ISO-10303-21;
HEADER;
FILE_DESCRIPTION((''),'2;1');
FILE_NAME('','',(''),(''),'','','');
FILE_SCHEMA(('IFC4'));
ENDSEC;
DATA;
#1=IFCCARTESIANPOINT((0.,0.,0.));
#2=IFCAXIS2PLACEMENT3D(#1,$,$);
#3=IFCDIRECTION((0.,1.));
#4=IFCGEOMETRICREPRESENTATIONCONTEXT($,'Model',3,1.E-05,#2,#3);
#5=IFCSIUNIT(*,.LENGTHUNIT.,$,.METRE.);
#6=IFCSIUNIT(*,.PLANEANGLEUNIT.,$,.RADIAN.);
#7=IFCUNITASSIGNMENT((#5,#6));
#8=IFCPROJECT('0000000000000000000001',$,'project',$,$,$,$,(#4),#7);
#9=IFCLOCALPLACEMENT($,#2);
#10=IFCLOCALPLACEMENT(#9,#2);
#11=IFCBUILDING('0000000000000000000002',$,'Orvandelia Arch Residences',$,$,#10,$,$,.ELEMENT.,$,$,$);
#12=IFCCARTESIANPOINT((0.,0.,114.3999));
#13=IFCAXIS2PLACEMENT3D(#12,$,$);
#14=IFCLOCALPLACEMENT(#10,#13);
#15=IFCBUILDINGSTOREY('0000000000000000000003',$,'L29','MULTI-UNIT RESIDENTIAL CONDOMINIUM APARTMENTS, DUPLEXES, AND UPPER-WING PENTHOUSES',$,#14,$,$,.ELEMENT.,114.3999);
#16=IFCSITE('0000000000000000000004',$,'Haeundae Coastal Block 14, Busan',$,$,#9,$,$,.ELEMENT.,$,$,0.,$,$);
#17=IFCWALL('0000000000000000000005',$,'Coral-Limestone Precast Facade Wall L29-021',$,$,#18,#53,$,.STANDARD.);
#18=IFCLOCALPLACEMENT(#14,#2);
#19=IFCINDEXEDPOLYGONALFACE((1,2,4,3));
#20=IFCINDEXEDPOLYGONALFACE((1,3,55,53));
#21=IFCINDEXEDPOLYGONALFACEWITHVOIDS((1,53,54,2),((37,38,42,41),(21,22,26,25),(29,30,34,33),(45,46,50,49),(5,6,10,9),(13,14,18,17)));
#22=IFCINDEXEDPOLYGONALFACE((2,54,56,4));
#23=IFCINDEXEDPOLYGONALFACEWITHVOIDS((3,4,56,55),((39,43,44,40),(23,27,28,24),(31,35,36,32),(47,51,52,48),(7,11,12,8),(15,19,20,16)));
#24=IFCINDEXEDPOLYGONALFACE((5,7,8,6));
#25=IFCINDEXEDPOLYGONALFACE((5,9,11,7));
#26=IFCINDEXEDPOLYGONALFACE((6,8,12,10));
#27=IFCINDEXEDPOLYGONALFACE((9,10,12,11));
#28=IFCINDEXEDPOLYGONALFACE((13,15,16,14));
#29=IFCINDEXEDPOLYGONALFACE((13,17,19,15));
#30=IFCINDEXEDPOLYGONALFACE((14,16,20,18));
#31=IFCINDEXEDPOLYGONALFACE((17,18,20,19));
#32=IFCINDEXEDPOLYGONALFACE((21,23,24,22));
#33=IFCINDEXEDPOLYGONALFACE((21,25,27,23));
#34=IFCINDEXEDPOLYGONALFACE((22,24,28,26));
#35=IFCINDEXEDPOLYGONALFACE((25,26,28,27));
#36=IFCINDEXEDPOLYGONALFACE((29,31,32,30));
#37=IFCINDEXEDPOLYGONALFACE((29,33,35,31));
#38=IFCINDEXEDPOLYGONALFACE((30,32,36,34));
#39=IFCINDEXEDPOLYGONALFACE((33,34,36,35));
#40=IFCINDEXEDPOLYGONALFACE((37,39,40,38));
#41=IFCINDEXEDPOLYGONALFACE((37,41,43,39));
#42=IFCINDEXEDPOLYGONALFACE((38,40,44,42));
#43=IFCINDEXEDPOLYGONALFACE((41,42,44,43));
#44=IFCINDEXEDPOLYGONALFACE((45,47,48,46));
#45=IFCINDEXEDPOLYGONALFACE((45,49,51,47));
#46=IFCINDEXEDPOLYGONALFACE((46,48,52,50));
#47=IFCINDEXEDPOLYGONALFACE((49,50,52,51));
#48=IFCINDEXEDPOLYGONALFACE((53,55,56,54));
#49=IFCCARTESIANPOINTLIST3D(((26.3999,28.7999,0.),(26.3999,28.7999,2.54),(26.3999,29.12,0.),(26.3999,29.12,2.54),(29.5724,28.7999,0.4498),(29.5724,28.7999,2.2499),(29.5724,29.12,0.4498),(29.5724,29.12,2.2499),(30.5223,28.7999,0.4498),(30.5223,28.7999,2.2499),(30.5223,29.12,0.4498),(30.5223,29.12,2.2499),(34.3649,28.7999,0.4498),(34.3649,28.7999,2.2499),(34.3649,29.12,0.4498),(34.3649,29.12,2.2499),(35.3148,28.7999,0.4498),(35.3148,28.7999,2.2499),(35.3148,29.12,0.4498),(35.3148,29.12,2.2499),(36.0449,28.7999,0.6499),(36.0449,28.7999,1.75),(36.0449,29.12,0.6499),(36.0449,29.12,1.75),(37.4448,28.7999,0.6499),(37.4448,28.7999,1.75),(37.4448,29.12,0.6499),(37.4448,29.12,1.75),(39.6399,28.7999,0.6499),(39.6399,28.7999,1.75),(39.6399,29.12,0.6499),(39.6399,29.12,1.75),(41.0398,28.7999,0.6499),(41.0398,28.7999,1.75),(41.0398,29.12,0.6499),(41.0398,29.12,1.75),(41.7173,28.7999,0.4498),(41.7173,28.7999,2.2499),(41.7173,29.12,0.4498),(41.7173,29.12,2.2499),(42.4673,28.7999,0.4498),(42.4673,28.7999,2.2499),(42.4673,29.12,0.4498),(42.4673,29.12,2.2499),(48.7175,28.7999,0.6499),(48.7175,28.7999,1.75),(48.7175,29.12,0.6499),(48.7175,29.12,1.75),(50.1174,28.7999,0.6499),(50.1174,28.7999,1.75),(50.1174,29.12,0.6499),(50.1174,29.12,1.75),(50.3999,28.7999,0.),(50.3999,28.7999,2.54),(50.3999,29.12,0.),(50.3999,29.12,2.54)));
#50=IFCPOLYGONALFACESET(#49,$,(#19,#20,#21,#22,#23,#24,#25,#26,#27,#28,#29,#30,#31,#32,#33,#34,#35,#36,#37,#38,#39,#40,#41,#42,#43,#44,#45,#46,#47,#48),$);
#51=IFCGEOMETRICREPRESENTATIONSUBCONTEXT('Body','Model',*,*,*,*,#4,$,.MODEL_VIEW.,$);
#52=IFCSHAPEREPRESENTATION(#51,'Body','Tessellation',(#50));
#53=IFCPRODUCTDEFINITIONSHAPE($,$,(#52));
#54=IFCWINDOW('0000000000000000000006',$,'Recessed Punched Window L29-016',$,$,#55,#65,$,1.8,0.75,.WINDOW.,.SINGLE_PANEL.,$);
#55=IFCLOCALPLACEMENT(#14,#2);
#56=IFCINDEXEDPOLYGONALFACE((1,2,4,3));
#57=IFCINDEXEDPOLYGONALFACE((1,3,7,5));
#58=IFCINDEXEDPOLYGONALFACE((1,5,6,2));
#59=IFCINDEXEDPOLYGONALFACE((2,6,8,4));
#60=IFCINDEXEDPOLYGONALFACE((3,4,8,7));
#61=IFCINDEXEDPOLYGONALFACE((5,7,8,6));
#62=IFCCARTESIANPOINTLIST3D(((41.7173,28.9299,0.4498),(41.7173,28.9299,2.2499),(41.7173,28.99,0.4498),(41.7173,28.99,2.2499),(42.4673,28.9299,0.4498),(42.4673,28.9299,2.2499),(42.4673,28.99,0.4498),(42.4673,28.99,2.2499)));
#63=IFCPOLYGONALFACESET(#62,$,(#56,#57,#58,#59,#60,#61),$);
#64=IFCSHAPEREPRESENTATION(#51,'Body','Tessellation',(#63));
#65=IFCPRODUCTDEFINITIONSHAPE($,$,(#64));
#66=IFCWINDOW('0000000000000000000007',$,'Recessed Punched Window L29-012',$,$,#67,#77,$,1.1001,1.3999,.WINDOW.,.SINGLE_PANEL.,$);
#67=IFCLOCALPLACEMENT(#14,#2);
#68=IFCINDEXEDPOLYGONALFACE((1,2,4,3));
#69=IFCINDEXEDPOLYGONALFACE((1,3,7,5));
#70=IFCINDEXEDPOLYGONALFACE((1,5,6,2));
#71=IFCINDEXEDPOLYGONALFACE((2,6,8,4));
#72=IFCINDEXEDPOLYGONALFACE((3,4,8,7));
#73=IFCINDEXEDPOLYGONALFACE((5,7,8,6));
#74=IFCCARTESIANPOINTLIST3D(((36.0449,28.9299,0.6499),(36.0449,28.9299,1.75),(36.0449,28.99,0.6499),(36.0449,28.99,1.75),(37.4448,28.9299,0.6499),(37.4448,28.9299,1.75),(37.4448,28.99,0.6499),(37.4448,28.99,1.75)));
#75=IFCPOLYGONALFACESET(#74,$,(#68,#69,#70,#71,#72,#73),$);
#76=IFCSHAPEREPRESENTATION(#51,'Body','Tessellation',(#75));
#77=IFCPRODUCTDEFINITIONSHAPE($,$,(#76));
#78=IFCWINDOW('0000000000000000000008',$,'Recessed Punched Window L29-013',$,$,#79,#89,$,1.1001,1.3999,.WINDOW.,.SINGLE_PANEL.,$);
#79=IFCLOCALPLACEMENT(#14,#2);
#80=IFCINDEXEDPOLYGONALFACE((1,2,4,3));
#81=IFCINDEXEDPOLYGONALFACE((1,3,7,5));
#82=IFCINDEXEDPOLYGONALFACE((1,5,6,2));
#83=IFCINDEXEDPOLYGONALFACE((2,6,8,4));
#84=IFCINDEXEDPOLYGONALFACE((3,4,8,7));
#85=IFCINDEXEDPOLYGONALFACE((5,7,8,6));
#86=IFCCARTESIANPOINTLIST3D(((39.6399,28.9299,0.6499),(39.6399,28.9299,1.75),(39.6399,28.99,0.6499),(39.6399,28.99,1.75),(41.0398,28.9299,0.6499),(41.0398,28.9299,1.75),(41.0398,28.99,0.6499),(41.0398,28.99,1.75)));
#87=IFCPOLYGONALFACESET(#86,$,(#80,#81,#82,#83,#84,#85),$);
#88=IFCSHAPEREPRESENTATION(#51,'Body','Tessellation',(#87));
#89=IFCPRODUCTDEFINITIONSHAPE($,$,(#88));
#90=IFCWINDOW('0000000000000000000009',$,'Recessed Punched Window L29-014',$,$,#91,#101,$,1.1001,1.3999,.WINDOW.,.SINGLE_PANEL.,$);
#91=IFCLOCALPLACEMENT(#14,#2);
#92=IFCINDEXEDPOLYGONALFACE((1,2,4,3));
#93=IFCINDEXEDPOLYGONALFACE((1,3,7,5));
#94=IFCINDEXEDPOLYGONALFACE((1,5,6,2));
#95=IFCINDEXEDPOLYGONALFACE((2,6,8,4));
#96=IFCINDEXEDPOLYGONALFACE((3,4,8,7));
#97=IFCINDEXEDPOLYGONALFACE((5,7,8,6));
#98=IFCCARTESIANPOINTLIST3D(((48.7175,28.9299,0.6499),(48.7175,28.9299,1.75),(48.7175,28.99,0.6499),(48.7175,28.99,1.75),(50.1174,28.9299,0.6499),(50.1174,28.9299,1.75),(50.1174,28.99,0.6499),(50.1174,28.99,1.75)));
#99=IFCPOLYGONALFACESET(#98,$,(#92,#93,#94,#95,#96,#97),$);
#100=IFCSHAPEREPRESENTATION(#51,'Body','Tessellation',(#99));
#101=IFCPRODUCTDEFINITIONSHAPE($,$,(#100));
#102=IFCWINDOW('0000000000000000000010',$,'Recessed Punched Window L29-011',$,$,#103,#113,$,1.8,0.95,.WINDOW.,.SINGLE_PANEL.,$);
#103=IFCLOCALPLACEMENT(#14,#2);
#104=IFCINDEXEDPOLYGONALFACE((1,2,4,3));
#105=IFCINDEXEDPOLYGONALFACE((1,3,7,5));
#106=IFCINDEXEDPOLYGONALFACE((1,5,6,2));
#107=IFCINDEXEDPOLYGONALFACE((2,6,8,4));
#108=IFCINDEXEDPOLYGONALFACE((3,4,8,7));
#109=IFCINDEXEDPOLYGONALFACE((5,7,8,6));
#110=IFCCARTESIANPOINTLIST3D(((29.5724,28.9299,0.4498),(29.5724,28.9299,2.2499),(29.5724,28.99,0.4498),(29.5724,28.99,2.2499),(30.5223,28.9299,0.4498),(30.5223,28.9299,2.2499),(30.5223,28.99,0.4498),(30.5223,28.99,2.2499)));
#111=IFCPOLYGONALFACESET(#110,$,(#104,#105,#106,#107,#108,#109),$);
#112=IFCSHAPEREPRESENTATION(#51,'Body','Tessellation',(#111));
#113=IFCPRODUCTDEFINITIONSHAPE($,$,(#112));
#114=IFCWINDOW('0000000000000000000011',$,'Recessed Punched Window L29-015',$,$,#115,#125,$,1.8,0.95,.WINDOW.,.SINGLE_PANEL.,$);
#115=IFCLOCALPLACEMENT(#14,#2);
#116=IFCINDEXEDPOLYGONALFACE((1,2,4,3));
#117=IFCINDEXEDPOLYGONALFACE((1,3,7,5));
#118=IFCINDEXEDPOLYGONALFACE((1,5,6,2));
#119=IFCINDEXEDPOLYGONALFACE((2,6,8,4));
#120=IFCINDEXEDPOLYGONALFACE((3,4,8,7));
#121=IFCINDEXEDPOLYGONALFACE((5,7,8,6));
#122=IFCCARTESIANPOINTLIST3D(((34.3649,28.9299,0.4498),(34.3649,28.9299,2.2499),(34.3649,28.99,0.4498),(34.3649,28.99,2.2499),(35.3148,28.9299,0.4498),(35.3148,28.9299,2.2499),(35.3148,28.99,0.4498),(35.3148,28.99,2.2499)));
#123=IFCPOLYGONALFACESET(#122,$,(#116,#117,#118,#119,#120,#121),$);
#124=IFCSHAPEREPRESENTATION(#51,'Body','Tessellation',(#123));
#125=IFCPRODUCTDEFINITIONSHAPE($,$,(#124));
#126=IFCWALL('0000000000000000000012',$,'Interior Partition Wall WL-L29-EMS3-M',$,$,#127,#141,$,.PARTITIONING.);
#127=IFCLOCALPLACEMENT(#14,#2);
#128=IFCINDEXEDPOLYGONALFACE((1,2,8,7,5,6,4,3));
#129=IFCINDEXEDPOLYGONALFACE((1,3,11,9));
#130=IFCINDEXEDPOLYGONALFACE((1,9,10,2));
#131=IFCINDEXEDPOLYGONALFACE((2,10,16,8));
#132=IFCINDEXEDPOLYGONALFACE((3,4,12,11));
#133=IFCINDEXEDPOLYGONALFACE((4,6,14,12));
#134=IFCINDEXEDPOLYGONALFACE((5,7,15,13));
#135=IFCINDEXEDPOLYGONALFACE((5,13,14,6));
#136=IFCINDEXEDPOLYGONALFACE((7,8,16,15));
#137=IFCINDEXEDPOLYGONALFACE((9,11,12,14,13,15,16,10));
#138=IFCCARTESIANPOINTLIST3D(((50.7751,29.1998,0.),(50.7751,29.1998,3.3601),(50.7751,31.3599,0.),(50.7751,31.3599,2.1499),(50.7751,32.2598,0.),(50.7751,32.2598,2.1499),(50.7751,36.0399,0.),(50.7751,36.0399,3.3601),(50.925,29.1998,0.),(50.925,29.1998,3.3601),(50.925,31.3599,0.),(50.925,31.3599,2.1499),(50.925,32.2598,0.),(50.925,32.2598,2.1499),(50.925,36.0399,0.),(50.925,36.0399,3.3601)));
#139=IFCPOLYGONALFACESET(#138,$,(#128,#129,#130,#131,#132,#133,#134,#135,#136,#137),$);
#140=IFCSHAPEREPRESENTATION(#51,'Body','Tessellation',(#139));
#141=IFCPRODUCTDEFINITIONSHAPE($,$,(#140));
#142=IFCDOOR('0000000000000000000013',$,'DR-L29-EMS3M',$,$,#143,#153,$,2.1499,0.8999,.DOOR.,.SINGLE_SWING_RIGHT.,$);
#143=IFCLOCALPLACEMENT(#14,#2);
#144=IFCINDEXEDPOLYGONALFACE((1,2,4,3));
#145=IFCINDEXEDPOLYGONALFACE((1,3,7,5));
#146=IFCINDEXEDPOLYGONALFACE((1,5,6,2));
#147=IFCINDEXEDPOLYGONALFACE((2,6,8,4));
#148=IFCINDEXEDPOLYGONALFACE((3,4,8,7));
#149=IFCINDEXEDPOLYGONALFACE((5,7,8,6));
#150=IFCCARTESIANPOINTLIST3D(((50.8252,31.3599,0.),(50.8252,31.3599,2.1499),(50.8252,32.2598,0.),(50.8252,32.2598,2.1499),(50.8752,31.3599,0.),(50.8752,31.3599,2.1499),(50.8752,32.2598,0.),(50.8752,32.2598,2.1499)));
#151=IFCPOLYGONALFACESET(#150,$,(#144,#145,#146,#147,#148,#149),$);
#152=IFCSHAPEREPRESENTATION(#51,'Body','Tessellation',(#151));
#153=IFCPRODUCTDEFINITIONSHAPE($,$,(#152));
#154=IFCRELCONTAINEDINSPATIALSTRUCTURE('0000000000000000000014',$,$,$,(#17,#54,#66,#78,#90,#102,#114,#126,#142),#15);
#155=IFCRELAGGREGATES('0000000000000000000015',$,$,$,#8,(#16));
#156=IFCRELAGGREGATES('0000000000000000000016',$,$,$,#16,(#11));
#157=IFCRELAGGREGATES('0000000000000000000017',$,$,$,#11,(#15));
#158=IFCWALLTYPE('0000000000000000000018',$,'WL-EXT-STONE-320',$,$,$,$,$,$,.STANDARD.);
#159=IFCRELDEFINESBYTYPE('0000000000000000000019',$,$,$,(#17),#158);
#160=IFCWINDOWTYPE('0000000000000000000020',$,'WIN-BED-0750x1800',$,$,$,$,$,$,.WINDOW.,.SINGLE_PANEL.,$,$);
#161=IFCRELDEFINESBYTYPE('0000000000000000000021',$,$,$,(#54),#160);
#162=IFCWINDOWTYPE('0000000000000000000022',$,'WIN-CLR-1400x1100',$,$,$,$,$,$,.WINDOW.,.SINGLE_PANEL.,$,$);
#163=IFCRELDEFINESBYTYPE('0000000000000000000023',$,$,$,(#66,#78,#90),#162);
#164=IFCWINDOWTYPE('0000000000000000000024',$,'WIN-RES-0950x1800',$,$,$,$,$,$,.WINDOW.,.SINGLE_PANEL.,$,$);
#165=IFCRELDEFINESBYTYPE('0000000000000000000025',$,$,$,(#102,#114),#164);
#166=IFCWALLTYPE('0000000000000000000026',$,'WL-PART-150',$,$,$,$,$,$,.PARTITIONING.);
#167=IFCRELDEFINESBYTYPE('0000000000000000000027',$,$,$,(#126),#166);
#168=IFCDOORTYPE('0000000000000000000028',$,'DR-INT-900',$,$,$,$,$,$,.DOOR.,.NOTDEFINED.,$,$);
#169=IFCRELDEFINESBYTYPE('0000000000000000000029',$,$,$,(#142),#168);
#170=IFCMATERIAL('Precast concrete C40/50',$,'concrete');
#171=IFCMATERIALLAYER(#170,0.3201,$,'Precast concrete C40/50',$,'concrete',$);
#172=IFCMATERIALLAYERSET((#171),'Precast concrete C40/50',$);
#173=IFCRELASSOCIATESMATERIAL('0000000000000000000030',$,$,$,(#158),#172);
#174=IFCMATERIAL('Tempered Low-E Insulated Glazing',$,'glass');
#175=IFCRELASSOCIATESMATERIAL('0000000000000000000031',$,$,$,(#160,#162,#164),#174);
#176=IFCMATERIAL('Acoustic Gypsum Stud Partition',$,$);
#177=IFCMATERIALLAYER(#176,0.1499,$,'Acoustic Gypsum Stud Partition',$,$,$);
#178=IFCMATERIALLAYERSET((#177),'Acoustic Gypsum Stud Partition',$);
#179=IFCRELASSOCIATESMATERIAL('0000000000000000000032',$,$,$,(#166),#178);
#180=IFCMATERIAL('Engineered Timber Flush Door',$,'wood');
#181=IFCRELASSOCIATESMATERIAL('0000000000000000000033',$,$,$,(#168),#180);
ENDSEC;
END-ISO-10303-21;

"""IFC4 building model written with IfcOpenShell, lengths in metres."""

from ifc_helpers import new_model, si_unit, direction, frame, frame_2d, origin, place, context, subcontext, project, spatial, rectangle, extrude, material, layer, layer_set, type_object, element, fill, save


model = new_model("IFC4")

# Units and contexts
model_context = context("Model", 3, precision=1e-05, world=origin(), true_north=direction((0.0, 1.0)))
body_context = subcontext(model_context, "Body", "Model", "MODEL_VIEW")
ifc_project = project(units=[si_unit("LENGTHUNIT", "METRE"), si_unit("PLANEANGLEUNIT", "RADIAN")], contexts=[model_context])

# Site, building, storey
site_placement = place(None, origin())
site = spatial("IfcSite", under=ifc_project, at=site_placement, Name="Haeundae Coastal Block 14, Busan", CompositionType="ELEMENT", RefElevation=0.0)
building_placement = place(site_placement, origin())
building = spatial("IfcBuilding", under=site, at=building_placement, Name="Orvandelia Arch Residences", CompositionType="ELEMENT")
storey_placement = place(building_placement, frame((0.0, 0.0, 114.3999)))
storey = spatial("IfcBuildingStorey", under=building, at=storey_placement, Name="L29", Description="MULTI-UNIT RESIDENTIAL CONDOMINIUM APARTMENTS, DUPLEXES, AND UPPER-WING PENTHOUSES", CompositionType="ELEMENT", Elevation=114.3999)

# Shared definitions
ifc_material_1 = material(Name="Precast concrete C40/50", Category="concrete")
ifc_layer_1 = layer(ifc_material_1, 0.3201, Name="Precast concrete C40/50", Category="concrete")
ifc_layer_set_1 = layer_set([ifc_layer_1], Name="Precast concrete C40/50")
wall_type_1 = type_object("IfcWallType", Name="WL-EXT-STONE-320", PredefinedType="STANDARD", material=ifc_layer_set_1)

# Wall, openings, windows
wall_1_placement = place(storey_placement, frame((50.3999, 28.96, 0.0), z_axis=(0.0, 0.0, 1.0), x_axis=(-1.0, 0.0, 0.0)))
wall_1 = element("IfcWall", 1, at=wall_1_placement, inside=storey, type_object=wall_type_1, Name="Coral-Limestone Precast Facade Wall L29-021", PredefinedType="STANDARD", context=body_context, shape_type="SweptSolid", body=[
    extrude(rectangle(XDim=24.0, YDim=0.3201, at=frame_2d((12.0, 0.0))), origin(), (0.0, 0.0, 1.0), 2.54),
])
opening_1_placement = place(wall_1_placement, frame((19.8774, 0.0, 0.45)))
opening_1 = element("IfcOpeningElement", 2, at=opening_1_placement, cuts=wall_1, PredefinedType="OPENING", context=body_context, shape_type="SweptSolid", body=[
    extrude(rectangle(XDim=0.95, YDim=1.8, at=frame_2d((0.4751, 0.8999))), frame((0.0, 0.1699, 0.0), z_axis=(0.0, -1.0, 0.0), x_axis=(1.0, 0.0, 0.0)), (0.0, 0.0, 1.0), 0.3401),
])
opening_2_placement = place(wall_1_placement, frame((12.9551, 0.0, 0.6499)))
opening_2 = element("IfcOpeningElement", 3, at=opening_2_placement, cuts=wall_1, PredefinedType="OPENING", context=body_context, shape_type="SweptSolid", body=[
    extrude(rectangle(XDim=1.3999, YDim=1.1001, at=frame_2d((0.7, 0.55))), frame((0.0, 0.1699, 0.0), z_axis=(0.0, -1.0, 0.0), x_axis=(1.0, 0.0, 0.0)), (0.0, 0.0, 1.0), 0.3401),
])
opening_3_placement = place(wall_1_placement, frame((9.3601, 0.0, 0.6499)))
opening_3 = element("IfcOpeningElement", 4, at=opening_3_placement, cuts=wall_1, PredefinedType="OPENING", context=body_context, shape_type="SweptSolid", body=[
    extrude(rectangle(XDim=1.3999, YDim=1.1001, at=frame_2d((0.7, 0.55))), frame((0.0, 0.1699, 0.0), z_axis=(0.0, -1.0, 0.0), x_axis=(1.0, 0.0, 0.0)), (0.0, 0.0, 1.0), 0.3401),
])
opening_4_placement = place(wall_1_placement, frame((0.2825, 0.0, 0.6499)))
opening_4 = element("IfcOpeningElement", 5, at=opening_4_placement, cuts=wall_1, PredefinedType="OPENING", context=body_context, shape_type="SweptSolid", body=[
    extrude(rectangle(XDim=1.3999, YDim=1.1001, at=frame_2d((0.7, 0.55))), frame((0.0, 0.1699, 0.0), z_axis=(0.0, -1.0, 0.0), x_axis=(1.0, 0.0, 0.0)), (0.0, 0.0, 1.0), 0.3401),
])
opening_5_placement = place(wall_1_placement, frame((15.085, 0.0, 0.45)))
opening_5 = element("IfcOpeningElement", 6, at=opening_5_placement, cuts=wall_1, PredefinedType="OPENING", context=body_context, shape_type="SweptSolid", body=[
    extrude(rectangle(XDim=0.95, YDim=1.8, at=frame_2d((0.4751, 0.8999))), frame((0.0, 0.1699, 0.0), z_axis=(0.0, -1.0, 0.0), x_axis=(1.0, 0.0, 0.0)), (0.0, 0.0, 1.0), 0.3401),
])
opening_6_placement = place(wall_1_placement, frame((7.9326, 0.0, 0.45)))
opening_6 = element("IfcOpeningElement", 7, at=opening_6_placement, cuts=wall_1, PredefinedType="OPENING", context=body_context, shape_type="SweptSolid", body=[
    extrude(rectangle(XDim=0.75, YDim=1.8, at=frame_2d((0.375, 0.8999))), frame((0.0, 0.1699, 0.0), z_axis=(0.0, -1.0, 0.0), x_axis=(1.0, 0.0, 0.0)), (0.0, 0.0, 1.0), 0.3401),
])
ifc_material_2 = material(Name="Tempered Low-E Insulated Glazing", Category="glass")
window_type_1 = type_object("IfcWindowType", Name="WIN-BED-0750x1800", PartitioningType="SINGLE_PANEL", PredefinedType="WINDOW", material=ifc_material_2)
window_1_placement = place(opening_6_placement, origin())
window_1 = element("IfcWindow", 8, at=window_1_placement, inside=storey, type_object=window_type_1, Name="Recessed Punched Window L29-016", OverallHeight=1.8, OverallWidth=0.75, PartitioningType="SINGLE_PANEL", PredefinedType="WINDOW", context=body_context, shape_type="SweptSolid", body=[
    extrude(rectangle(XDim=0.75, YDim=1.8, at=frame_2d((0.375, 0.8999))), frame((0.0, 0.03, 0.0), z_axis=(0.0, -1.0, 0.0), x_axis=(1.0, 0.0, 0.0)), (0.0, 0.0, 1.0), 0.0601),
])
fill(opening_6, window_1)
window_type_2 = type_object("IfcWindowType", Name="WIN-CLR-1400x1100", PartitioningType="SINGLE_PANEL", PredefinedType="WINDOW", material=ifc_material_2)
window_2_placement = place(opening_2_placement, origin())
window_2 = element("IfcWindow", 9, at=window_2_placement, inside=storey, type_object=window_type_2, Name="Recessed Punched Window L29-012", OverallHeight=1.1001, OverallWidth=1.3999, PartitioningType="SINGLE_PANEL", PredefinedType="WINDOW", context=body_context, shape_type="SweptSolid", body=[
    extrude(rectangle(XDim=1.3999, YDim=1.1001, at=frame_2d((0.7, 0.55))), frame((0.0, 0.03, 0.0), z_axis=(0.0, -1.0, 0.0), x_axis=(1.0, 0.0, 0.0)), (0.0, 0.0, 1.0), 0.0601),
])
fill(opening_2, window_2)
window_3_placement = place(opening_3_placement, origin())
window_3 = element("IfcWindow", 10, at=window_3_placement, inside=storey, type_object=window_type_2, Name="Recessed Punched Window L29-013", OverallHeight=1.1001, OverallWidth=1.3999, PartitioningType="SINGLE_PANEL", PredefinedType="WINDOW", context=body_context, shape_type="SweptSolid", body=[
    extrude(rectangle(XDim=1.3999, YDim=1.1001, at=frame_2d((0.7, 0.55))), frame((0.0, 0.03, 0.0), z_axis=(0.0, -1.0, 0.0), x_axis=(1.0, 0.0, 0.0)), (0.0, 0.0, 1.0), 0.0601),
])
fill(opening_3, window_3)
window_4_placement = place(opening_4_placement, origin())
window_4 = element("IfcWindow", 11, at=window_4_placement, inside=storey, type_object=window_type_2, Name="Recessed Punched Window L29-014", OverallHeight=1.1001, OverallWidth=1.3999, PartitioningType="SINGLE_PANEL", PredefinedType="WINDOW", context=body_context, shape_type="SweptSolid", body=[
    extrude(rectangle(XDim=1.3999, YDim=1.1001, at=frame_2d((0.7, 0.55))), frame((0.0, 0.03, 0.0), z_axis=(0.0, -1.0, 0.0), x_axis=(1.0, 0.0, 0.0)), (0.0, 0.0, 1.0), 0.0601),
])
fill(opening_4, window_4)
window_type_3 = type_object("IfcWindowType", Name="WIN-RES-0950x1800", PartitioningType="SINGLE_PANEL", PredefinedType="WINDOW", material=ifc_material_2)
window_5_placement = place(opening_1_placement, origin())
window_5 = element("IfcWindow", 12, at=window_5_placement, inside=storey, type_object=window_type_3, Name="Recessed Punched Window L29-011", OverallHeight=1.8, OverallWidth=0.95, PartitioningType="SINGLE_PANEL", PredefinedType="WINDOW", context=body_context, shape_type="SweptSolid", body=[
    extrude(rectangle(XDim=0.95, YDim=1.8, at=frame_2d((0.4751, 0.8999))), frame((0.0, 0.03, 0.0), z_axis=(0.0, -1.0, 0.0), x_axis=(1.0, 0.0, 0.0)), (0.0, 0.0, 1.0), 0.0601),
])
fill(opening_1, window_5)
window_6_placement = place(opening_5_placement, origin())
window_6 = element("IfcWindow", 13, at=window_6_placement, inside=storey, type_object=window_type_3, Name="Recessed Punched Window L29-015", OverallHeight=1.8, OverallWidth=0.95, PartitioningType="SINGLE_PANEL", PredefinedType="WINDOW", context=body_context, shape_type="SweptSolid", body=[
    extrude(rectangle(XDim=0.95, YDim=1.8, at=frame_2d((0.4751, 0.8999))), frame((0.0, 0.03, 0.0), z_axis=(0.0, -1.0, 0.0), x_axis=(1.0, 0.0, 0.0)), (0.0, 0.0, 1.0), 0.0601),
])
fill(opening_5, window_6)

# Wall, opening, door
ifc_material_3 = material(Name="Acoustic Gypsum Stud Partition")
ifc_layer_2 = layer(ifc_material_3, 0.1499, Name="Acoustic Gypsum Stud Partition")
ifc_layer_set_2 = layer_set([ifc_layer_2], Name="Acoustic Gypsum Stud Partition")
wall_type_2 = type_object("IfcWallType", Name="WL-PART-150", PredefinedType="PARTITIONING", material=ifc_layer_set_2)
wall_2_placement = place(storey_placement, frame((50.8501, 29.2, 0.0), z_axis=(0.0, 0.0, 1.0), x_axis=(0.0, 1.0, 0.0)))
wall_2 = element("IfcWall", 14, at=wall_2_placement, inside=storey, type_object=wall_type_2, Name="Interior Partition Wall WL-L29-EMS3-M", PredefinedType="PARTITIONING", context=body_context, shape_type="SweptSolid", body=[
    extrude(rectangle(XDim=6.8401, YDim=0.1499, at=frame_2d((3.4199, 0.0))), origin(), (0.0, 0.0, 1.0), 3.3601),
])
opening_7_placement = place(wall_2_placement, frame((2.1599, 0.0, 0.0)))
opening_7 = element("IfcOpeningElement", 15, at=opening_7_placement, cuts=wall_2, PredefinedType="OPENING", context=body_context, shape_type="SweptSolid", body=[
    extrude(rectangle(XDim=0.8999, YDim=2.1499, at=frame_2d((0.45, 1.075))), frame((0.0, 0.085, 0.0), z_axis=(0.0, -1.0, 0.0), x_axis=(1.0, 0.0, 0.0)), (0.0, 0.0, 1.0), 0.1699),
])
ifc_material_4 = material(Name="Engineered Timber Flush Door", Category="wood")
door_type = type_object("IfcDoorType", Name="DR-INT-900", OperationType="NOTDEFINED", PredefinedType="DOOR", material=ifc_material_4)
door_placement = place(opening_7_placement, origin())
door = element("IfcDoor", 16, at=door_placement, inside=storey, type_object=door_type, Name="DR-L29-EMS3M", OperationType="SINGLE_SWING_RIGHT", OverallHeight=2.1499, OverallWidth=0.8999, PredefinedType="DOOR", context=body_context, shape_type="SweptSolid", body=[
    extrude(rectangle(XDim=0.8999, YDim=2.1499, at=frame_2d((0.45, 1.075))), frame((0.0, 0.0249, 0.0), z_axis=(0.0, -1.0, 0.0), x_axis=(1.0, 0.0, 0.0)), (0.0, 0.0, 1.0), 0.05),
])
fill(opening_7, door)

save(model, "model.ifc")
